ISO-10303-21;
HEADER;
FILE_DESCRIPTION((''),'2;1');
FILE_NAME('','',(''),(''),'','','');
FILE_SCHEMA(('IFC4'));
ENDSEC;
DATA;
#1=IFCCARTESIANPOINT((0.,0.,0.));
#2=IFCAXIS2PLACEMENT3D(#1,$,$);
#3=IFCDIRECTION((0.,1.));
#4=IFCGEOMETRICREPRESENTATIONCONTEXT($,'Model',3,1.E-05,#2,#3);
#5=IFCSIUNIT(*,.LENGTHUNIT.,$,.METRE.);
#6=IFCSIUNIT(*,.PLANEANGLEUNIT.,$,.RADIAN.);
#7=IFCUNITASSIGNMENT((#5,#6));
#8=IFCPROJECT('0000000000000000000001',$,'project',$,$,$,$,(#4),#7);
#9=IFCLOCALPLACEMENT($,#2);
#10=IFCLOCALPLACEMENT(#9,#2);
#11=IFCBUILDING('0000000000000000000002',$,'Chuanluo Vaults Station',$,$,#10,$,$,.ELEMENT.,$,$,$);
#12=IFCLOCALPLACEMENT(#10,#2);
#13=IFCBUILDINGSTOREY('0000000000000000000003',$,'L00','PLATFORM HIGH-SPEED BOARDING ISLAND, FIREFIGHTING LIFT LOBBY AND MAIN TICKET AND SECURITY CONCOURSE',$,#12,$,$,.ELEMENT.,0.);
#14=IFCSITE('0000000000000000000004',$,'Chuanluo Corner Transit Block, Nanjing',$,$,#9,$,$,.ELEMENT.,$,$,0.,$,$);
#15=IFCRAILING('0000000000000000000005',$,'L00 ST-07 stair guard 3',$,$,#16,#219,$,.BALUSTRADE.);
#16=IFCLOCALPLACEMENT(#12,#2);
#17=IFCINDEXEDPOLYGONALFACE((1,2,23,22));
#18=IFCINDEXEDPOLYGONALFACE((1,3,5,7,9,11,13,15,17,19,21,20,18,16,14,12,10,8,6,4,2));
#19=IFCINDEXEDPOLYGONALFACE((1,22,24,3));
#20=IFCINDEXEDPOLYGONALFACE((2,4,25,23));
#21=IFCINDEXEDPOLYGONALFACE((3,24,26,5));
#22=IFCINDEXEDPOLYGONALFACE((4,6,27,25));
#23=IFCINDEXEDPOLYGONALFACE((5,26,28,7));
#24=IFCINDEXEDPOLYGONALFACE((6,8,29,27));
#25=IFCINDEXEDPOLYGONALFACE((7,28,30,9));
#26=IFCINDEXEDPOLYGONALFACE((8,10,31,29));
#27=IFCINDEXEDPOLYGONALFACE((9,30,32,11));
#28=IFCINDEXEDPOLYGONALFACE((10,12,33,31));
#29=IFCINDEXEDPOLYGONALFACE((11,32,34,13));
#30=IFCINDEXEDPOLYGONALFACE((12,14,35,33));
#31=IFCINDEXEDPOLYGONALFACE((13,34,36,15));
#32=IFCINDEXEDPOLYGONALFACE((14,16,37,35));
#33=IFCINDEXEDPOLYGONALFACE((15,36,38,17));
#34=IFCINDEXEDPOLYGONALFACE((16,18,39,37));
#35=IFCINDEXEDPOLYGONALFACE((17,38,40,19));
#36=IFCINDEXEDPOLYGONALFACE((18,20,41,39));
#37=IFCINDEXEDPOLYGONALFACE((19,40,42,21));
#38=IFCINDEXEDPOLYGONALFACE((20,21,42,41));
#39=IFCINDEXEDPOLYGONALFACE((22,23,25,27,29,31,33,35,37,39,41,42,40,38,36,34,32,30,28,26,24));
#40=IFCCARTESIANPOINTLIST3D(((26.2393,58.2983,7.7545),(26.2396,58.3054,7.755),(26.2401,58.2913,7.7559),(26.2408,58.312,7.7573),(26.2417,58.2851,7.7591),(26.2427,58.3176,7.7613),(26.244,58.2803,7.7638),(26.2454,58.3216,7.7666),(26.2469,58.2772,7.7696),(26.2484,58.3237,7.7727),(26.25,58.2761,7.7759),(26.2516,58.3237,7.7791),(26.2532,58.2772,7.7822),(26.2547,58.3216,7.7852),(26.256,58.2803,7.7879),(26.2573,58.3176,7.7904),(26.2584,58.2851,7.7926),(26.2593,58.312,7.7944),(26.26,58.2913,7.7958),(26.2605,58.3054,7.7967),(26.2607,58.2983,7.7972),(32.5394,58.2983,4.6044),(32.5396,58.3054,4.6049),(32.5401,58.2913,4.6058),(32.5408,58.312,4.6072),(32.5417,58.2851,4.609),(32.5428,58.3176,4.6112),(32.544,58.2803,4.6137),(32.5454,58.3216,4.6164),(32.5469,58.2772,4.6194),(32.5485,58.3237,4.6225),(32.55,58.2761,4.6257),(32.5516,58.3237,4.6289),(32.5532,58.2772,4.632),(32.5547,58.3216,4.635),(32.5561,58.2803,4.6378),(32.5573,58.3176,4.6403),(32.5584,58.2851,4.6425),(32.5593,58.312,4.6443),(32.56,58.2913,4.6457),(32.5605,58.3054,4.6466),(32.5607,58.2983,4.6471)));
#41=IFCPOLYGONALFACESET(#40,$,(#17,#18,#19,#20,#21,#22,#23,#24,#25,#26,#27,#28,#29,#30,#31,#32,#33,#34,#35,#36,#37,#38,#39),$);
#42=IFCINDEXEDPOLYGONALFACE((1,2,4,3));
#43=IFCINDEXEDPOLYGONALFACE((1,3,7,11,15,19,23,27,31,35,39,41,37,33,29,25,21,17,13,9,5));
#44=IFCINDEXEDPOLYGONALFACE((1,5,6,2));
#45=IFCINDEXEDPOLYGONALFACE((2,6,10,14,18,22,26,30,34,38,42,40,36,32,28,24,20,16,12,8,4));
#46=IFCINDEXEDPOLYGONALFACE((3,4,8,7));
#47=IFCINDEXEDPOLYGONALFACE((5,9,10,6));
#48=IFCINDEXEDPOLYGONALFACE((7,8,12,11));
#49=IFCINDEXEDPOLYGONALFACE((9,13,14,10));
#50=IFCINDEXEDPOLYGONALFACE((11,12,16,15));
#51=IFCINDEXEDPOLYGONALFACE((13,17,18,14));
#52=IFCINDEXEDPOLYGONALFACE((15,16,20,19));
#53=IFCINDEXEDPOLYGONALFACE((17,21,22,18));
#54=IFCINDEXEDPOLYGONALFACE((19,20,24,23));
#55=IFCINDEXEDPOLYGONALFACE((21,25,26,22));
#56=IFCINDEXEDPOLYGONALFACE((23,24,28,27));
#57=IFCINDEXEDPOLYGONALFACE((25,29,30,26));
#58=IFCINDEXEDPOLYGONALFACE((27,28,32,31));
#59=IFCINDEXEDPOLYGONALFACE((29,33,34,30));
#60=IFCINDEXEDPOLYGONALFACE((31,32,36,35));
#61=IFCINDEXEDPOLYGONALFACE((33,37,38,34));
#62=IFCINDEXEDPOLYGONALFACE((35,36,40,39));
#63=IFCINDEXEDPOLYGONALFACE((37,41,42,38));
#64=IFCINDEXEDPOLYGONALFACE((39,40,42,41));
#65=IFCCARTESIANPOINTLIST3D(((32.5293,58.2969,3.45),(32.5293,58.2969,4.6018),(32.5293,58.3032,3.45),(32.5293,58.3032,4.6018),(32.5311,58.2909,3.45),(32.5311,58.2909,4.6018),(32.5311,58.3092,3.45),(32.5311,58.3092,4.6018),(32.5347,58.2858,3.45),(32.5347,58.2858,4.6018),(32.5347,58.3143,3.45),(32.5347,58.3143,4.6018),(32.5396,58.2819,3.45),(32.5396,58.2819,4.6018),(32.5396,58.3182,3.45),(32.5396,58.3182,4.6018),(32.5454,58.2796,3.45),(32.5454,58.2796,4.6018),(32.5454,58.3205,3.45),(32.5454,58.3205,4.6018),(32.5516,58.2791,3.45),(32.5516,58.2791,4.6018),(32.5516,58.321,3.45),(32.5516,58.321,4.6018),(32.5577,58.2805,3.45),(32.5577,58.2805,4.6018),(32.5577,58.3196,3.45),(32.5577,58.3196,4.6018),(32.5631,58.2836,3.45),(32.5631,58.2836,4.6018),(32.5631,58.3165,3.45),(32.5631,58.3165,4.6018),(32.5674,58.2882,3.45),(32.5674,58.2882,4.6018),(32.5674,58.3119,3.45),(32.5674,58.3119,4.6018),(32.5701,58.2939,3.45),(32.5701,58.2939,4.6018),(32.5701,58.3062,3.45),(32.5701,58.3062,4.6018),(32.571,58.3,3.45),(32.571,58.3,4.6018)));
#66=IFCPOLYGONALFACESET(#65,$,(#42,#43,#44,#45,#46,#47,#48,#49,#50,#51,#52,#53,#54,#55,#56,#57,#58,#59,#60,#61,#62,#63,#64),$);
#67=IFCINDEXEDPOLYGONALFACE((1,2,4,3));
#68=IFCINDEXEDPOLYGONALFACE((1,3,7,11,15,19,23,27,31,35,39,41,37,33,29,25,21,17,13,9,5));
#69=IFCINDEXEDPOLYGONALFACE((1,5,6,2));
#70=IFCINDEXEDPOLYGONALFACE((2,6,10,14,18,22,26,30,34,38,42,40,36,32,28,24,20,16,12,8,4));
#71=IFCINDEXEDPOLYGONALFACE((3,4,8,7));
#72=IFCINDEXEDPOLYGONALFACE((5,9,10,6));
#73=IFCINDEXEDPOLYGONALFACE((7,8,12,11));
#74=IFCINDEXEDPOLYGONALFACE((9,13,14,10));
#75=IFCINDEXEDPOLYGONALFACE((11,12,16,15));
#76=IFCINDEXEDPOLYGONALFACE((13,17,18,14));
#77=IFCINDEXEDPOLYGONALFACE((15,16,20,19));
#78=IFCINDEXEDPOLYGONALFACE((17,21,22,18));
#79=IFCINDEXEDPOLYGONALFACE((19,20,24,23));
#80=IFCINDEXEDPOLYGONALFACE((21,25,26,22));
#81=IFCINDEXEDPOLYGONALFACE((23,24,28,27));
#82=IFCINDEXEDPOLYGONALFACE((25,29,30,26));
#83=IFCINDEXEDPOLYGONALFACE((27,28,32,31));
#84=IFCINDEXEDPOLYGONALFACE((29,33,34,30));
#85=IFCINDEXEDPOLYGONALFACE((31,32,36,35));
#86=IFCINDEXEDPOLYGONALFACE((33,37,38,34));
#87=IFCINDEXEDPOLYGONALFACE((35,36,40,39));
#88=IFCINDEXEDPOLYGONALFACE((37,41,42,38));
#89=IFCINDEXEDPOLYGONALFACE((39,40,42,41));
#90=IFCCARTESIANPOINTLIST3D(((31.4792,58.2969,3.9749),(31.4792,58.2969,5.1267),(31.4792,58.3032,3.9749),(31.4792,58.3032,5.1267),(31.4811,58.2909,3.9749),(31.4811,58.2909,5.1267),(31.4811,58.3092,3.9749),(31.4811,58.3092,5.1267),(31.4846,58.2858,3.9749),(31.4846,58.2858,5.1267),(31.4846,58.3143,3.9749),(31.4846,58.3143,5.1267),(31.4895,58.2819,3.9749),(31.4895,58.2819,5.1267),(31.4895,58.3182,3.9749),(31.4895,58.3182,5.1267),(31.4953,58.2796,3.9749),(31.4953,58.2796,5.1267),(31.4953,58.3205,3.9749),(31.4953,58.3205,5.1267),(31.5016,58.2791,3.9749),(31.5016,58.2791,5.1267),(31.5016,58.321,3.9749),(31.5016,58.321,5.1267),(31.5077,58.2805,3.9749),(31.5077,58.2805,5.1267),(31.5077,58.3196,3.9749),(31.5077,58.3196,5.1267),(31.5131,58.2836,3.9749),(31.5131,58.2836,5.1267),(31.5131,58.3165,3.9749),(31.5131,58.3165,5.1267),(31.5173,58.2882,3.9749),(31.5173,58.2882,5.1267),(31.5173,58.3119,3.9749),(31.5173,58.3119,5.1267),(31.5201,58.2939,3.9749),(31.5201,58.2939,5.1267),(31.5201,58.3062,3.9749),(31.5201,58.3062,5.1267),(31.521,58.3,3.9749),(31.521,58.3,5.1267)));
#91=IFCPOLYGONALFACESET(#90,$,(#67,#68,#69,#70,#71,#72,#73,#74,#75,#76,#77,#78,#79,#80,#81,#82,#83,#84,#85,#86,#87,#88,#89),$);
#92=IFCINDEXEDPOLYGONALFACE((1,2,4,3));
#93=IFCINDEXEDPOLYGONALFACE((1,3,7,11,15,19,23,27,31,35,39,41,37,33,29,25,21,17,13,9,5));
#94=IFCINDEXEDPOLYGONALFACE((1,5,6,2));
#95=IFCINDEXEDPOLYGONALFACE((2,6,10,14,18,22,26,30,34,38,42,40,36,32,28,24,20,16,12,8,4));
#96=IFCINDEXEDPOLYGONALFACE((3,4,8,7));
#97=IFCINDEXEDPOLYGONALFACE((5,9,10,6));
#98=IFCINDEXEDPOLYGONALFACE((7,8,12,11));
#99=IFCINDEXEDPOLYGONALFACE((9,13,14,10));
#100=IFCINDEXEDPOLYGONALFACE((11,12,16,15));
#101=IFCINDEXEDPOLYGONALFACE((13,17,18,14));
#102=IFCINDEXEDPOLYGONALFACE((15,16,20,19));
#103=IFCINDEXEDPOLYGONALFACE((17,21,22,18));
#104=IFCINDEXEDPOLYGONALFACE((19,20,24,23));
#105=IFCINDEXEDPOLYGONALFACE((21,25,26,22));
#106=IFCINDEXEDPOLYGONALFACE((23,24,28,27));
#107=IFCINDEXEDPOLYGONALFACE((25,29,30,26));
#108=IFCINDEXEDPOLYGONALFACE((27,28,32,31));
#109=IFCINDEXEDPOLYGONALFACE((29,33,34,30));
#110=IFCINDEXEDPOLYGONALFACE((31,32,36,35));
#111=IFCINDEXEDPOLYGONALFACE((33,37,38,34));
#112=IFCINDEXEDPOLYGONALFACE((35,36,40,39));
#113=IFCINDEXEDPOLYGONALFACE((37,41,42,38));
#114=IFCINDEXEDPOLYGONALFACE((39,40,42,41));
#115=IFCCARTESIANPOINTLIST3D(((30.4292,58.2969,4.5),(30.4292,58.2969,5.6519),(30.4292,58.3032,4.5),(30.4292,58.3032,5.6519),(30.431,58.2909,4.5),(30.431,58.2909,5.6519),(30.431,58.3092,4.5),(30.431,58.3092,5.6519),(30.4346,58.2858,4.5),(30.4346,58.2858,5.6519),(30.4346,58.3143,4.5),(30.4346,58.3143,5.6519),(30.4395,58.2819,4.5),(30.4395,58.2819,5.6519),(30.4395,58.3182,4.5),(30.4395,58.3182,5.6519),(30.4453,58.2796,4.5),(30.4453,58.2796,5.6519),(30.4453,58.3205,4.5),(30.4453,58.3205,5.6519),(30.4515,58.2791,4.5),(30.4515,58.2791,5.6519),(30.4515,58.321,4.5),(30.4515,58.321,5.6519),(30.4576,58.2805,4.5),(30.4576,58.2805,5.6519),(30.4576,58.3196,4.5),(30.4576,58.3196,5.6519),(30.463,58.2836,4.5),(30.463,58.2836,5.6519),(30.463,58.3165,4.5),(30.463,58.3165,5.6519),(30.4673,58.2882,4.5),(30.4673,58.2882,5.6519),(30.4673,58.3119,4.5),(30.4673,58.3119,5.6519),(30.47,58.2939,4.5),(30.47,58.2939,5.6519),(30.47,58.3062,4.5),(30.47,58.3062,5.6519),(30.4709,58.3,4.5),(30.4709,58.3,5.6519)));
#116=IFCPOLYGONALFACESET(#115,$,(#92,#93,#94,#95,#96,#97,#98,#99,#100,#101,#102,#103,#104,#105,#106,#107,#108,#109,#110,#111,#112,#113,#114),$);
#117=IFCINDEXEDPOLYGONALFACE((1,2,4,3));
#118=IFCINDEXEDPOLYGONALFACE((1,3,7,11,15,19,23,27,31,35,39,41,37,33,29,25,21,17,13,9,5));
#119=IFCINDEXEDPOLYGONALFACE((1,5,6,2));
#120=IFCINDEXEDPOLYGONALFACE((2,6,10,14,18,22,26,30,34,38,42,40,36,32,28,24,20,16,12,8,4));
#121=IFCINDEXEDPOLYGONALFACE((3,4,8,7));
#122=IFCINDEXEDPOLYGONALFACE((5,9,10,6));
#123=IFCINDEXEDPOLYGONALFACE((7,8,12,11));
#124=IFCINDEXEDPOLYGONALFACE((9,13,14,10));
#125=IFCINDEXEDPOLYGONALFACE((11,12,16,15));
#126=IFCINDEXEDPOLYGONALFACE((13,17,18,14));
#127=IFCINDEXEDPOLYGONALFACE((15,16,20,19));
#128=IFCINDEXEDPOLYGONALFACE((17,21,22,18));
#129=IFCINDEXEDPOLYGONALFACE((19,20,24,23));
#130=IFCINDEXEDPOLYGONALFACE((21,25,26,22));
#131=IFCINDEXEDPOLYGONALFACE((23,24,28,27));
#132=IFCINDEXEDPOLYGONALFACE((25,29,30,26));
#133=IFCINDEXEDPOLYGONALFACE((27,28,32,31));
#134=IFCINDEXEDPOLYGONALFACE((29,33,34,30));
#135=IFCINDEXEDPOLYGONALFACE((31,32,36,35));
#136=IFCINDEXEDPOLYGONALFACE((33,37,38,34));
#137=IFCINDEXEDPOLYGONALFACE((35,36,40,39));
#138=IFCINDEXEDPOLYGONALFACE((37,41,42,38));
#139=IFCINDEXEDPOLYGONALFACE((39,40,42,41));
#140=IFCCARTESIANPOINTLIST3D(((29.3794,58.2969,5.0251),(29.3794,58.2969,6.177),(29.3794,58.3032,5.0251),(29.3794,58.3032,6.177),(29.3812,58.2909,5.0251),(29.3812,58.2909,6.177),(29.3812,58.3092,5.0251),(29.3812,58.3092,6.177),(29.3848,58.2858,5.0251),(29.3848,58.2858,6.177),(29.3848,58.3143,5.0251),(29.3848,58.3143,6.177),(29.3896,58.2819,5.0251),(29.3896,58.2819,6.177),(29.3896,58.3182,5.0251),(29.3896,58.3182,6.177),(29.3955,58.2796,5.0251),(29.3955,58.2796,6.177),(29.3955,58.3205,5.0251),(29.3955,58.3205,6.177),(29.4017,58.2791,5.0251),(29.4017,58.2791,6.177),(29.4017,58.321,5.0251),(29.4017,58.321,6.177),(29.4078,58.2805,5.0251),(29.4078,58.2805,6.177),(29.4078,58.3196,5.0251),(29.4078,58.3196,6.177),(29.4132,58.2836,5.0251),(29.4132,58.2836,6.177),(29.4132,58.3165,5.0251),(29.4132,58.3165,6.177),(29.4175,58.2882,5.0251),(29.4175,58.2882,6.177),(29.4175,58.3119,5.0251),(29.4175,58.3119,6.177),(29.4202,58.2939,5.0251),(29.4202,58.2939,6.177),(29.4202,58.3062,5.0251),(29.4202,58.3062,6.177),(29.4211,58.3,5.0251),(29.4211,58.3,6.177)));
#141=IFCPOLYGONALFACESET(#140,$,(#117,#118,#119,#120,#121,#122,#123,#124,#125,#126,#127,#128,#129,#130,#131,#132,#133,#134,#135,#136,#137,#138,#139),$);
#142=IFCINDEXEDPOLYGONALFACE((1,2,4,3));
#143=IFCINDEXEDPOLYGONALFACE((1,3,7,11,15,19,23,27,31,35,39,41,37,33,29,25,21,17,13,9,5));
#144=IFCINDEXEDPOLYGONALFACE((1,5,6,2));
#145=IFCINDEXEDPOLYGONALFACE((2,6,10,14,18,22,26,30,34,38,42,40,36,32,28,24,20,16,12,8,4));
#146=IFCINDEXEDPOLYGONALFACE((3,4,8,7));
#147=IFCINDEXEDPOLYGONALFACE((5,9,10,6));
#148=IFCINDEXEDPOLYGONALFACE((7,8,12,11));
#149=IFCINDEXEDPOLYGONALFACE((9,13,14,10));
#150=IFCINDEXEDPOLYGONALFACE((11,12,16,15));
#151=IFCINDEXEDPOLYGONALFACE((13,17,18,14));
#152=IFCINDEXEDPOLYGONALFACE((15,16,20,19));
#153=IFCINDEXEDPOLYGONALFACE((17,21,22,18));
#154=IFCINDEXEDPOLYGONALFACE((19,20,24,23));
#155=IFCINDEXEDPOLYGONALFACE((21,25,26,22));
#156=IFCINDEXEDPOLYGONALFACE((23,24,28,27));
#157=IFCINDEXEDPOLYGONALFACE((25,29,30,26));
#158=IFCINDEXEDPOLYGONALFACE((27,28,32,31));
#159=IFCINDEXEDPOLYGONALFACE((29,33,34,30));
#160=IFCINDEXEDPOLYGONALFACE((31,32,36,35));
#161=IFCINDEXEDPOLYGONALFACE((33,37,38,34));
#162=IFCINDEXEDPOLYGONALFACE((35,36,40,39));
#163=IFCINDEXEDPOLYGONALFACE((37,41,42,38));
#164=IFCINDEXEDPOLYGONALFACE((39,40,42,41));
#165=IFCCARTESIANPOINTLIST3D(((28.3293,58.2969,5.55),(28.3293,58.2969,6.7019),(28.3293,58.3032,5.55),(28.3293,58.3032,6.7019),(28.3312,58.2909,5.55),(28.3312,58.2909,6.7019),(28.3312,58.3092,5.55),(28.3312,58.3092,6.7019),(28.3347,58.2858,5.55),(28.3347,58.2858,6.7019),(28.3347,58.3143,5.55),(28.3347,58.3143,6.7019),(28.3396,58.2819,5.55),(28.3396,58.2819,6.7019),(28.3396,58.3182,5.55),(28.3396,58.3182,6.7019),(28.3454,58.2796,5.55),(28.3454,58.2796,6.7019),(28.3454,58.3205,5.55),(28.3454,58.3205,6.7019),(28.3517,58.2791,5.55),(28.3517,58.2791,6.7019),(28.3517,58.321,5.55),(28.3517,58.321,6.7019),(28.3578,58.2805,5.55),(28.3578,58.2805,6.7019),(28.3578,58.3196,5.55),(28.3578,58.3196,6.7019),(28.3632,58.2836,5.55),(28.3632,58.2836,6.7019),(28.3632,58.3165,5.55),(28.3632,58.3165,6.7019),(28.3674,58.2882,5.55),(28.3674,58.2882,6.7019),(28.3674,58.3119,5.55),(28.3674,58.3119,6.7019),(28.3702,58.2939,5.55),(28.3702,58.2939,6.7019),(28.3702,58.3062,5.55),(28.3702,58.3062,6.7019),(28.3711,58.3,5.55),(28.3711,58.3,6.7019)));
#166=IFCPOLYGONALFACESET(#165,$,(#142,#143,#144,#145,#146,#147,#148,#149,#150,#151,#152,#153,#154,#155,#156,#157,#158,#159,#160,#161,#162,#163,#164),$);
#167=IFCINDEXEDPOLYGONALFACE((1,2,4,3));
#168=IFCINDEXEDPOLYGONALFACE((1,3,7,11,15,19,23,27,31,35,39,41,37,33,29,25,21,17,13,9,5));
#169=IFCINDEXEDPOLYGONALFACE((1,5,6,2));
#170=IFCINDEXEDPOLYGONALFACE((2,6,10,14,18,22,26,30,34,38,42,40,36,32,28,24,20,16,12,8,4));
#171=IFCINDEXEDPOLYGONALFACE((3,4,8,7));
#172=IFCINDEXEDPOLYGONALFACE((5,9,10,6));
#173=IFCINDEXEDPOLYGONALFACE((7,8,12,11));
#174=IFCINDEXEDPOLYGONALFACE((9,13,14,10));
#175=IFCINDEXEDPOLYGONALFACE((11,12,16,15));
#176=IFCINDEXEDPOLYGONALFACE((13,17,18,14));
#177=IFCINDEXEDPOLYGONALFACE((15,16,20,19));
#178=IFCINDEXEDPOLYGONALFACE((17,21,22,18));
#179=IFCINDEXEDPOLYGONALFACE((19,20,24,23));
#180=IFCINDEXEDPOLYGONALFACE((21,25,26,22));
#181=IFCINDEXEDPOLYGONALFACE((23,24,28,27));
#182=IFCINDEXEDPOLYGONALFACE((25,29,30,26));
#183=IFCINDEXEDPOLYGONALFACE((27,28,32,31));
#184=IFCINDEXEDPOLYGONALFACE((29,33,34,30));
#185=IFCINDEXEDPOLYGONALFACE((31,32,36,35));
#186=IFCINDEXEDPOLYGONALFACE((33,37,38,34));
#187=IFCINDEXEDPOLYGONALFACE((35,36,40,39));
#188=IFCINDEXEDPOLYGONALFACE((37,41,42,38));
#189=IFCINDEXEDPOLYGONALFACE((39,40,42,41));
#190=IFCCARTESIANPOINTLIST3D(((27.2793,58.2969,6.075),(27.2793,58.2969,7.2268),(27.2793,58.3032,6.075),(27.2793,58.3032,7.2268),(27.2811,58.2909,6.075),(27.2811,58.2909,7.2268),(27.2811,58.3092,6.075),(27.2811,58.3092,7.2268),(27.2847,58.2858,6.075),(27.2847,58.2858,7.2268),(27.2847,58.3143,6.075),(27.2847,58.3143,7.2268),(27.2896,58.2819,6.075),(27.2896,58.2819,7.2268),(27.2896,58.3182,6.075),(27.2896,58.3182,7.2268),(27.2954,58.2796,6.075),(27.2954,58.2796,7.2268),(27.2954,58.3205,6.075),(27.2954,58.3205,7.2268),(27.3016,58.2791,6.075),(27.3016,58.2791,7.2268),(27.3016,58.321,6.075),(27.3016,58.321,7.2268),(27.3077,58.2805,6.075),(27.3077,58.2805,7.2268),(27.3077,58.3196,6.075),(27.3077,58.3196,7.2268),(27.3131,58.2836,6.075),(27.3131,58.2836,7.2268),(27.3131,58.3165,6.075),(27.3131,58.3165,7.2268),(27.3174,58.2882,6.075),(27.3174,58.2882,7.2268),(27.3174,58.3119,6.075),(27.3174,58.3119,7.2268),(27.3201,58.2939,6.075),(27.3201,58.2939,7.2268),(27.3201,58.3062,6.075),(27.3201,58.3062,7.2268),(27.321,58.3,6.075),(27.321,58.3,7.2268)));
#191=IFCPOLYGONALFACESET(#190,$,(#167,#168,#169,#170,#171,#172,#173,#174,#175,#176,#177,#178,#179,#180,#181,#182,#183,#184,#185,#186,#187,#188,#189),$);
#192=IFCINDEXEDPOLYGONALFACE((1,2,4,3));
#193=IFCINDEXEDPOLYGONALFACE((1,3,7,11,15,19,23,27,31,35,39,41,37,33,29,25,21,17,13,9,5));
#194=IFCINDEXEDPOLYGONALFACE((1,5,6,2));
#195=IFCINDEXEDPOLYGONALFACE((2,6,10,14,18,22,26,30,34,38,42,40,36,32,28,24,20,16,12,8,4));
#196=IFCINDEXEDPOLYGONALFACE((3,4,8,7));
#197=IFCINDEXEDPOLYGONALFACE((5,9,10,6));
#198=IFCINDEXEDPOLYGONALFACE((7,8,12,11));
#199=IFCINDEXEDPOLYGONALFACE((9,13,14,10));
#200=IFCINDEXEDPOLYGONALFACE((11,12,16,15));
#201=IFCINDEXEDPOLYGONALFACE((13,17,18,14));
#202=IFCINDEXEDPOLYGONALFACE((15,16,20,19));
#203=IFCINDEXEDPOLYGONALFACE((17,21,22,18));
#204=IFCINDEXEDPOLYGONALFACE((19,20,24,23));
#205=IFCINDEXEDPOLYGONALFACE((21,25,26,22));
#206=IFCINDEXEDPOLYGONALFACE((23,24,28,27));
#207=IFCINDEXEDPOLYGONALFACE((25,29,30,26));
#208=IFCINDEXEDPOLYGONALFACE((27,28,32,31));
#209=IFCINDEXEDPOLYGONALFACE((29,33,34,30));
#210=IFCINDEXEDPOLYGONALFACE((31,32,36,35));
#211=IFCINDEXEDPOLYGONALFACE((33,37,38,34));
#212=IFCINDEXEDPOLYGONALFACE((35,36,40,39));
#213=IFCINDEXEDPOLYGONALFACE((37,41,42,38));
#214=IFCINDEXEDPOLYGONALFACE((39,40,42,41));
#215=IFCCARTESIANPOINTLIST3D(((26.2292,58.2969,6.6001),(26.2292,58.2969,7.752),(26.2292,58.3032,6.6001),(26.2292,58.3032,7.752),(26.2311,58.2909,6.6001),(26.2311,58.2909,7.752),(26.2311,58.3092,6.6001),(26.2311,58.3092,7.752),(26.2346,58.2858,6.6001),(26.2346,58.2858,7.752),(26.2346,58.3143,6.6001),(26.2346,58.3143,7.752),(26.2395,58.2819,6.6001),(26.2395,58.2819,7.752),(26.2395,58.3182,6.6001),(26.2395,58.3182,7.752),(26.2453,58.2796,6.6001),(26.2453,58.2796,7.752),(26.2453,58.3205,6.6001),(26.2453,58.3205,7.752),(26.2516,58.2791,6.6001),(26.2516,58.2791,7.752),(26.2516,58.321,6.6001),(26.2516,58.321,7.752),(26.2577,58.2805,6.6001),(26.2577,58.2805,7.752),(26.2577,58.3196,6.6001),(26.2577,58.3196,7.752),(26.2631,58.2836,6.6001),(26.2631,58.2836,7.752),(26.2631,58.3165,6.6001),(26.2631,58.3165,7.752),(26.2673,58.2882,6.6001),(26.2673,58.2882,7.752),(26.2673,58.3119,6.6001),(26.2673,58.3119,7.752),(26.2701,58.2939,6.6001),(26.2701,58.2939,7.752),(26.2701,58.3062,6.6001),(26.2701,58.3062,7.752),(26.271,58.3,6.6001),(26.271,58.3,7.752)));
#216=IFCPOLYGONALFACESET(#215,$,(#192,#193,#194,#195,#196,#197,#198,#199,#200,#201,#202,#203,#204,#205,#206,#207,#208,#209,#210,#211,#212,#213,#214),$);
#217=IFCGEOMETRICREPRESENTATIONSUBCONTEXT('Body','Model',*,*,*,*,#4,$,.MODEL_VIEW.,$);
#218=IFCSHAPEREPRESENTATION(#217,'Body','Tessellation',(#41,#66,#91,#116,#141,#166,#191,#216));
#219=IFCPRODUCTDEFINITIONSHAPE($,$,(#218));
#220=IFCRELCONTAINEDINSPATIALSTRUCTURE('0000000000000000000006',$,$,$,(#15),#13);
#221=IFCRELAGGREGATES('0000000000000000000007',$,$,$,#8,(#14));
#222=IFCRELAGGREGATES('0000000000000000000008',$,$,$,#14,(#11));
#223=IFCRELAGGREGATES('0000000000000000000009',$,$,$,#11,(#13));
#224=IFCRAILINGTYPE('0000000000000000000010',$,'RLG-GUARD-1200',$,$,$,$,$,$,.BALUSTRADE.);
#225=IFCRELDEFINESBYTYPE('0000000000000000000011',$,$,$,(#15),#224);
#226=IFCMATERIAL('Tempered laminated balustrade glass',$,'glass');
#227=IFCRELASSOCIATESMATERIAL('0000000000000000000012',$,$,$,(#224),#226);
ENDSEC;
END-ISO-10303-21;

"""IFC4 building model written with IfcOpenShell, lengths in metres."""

from ifc_helpers import new_model, si_unit, direction, frame, origin, origin_2d, place, context, subcontext, project, spatial, circle, extrude, material, type_object, element, save


model = new_model("IFC4")

# Units and contexts
model_context = context("Model", 3, precision=1e-05, world=origin(), true_north=direction((0.0, 1.0)))
body_context = subcontext(model_context, "Body", "Model", "MODEL_VIEW")
ifc_project = project(units=[si_unit("LENGTHUNIT", "METRE"), si_unit("PLANEANGLEUNIT", "RADIAN")], contexts=[model_context])

# Site, building, storey
site_placement = place(None, origin())
site = spatial("IfcSite", under=ifc_project, at=site_placement, Name="Chuanluo Corner Transit Block, Nanjing", CompositionType="ELEMENT", RefElevation=0.0)
building_placement = place(site_placement, origin())
building = spatial("IfcBuilding", under=site, at=building_placement, Name="Chuanluo Vaults Station", CompositionType="ELEMENT")
storey_placement = place(building_placement, origin())
storey = spatial("IfcBuildingStorey", under=building, at=storey_placement, Name="L00", Description="PLATFORM HIGH-SPEED BOARDING ISLAND, FIREFIGHTING LIFT LOBBY AND MAIN TICKET AND SECURITY CONCOURSE", CompositionType="ELEMENT", Elevation=0.0)

# Railing
ifc_material_1 = material(Name="Tempered laminated balustrade glass", Category="glass")
railing_type_1 = type_object("IfcRailingType", Name="RLG-GUARD-1200", PredefinedType="BALUSTRADE", material=ifc_material_1)
railing_1_placement = place(storey_placement, frame((32.55, 58.3, 3.45)))
element("IfcRailing", 1, at=railing_1_placement, inside=storey, type_object=railing_type_1, Name="L00 ST-07 stair guard 3", PredefinedType="BALUSTRADE", context=body_context, shape_type="SweptSolid", body=[
    extrude(circle(Radius=0.0239, at=origin_2d()), frame((0.0, 0.0, 1.1758), z_axis=(-0.89442, 0.0, 0.447227), x_axis=(0.0, -1.0, 0.0)), (0.0, 0.0, 1.0), 7.0437),
    extrude(circle(Radius=0.021, at=origin_2d()), origin(), (0.0, 0.0, 1.0), 1.1519),
    extrude(circle(Radius=0.021, at=origin_2d()), frame((-1.05, 0.0, 0.5249)), (0.0, 0.0, 1.0), 1.1519),
    extrude(circle(Radius=0.021, at=origin_2d()), frame((-2.1001, 0.0, 1.05)), (0.0, 0.0, 1.0), 1.1519),
    extrude(circle(Radius=0.021, at=origin_2d()), frame((-3.1499, 0.0, 1.5752)), (0.0, 0.0, 1.0), 1.1519),
    extrude(circle(Radius=0.021, at=origin_2d()), frame((-4.2, 0.0, 2.1001)), (0.0, 0.0, 1.0), 1.1519),
    extrude(circle(Radius=0.021, at=origin_2d()), frame((-5.25, 0.0, 2.625)), (0.0, 0.0, 1.0), 1.1519),
    extrude(circle(Radius=0.021, at=origin_2d()), frame((-6.3, 0.0, 3.1501)), (0.0, 0.0, 1.0), 1.1519),
])

save(model, "model.ifc")
